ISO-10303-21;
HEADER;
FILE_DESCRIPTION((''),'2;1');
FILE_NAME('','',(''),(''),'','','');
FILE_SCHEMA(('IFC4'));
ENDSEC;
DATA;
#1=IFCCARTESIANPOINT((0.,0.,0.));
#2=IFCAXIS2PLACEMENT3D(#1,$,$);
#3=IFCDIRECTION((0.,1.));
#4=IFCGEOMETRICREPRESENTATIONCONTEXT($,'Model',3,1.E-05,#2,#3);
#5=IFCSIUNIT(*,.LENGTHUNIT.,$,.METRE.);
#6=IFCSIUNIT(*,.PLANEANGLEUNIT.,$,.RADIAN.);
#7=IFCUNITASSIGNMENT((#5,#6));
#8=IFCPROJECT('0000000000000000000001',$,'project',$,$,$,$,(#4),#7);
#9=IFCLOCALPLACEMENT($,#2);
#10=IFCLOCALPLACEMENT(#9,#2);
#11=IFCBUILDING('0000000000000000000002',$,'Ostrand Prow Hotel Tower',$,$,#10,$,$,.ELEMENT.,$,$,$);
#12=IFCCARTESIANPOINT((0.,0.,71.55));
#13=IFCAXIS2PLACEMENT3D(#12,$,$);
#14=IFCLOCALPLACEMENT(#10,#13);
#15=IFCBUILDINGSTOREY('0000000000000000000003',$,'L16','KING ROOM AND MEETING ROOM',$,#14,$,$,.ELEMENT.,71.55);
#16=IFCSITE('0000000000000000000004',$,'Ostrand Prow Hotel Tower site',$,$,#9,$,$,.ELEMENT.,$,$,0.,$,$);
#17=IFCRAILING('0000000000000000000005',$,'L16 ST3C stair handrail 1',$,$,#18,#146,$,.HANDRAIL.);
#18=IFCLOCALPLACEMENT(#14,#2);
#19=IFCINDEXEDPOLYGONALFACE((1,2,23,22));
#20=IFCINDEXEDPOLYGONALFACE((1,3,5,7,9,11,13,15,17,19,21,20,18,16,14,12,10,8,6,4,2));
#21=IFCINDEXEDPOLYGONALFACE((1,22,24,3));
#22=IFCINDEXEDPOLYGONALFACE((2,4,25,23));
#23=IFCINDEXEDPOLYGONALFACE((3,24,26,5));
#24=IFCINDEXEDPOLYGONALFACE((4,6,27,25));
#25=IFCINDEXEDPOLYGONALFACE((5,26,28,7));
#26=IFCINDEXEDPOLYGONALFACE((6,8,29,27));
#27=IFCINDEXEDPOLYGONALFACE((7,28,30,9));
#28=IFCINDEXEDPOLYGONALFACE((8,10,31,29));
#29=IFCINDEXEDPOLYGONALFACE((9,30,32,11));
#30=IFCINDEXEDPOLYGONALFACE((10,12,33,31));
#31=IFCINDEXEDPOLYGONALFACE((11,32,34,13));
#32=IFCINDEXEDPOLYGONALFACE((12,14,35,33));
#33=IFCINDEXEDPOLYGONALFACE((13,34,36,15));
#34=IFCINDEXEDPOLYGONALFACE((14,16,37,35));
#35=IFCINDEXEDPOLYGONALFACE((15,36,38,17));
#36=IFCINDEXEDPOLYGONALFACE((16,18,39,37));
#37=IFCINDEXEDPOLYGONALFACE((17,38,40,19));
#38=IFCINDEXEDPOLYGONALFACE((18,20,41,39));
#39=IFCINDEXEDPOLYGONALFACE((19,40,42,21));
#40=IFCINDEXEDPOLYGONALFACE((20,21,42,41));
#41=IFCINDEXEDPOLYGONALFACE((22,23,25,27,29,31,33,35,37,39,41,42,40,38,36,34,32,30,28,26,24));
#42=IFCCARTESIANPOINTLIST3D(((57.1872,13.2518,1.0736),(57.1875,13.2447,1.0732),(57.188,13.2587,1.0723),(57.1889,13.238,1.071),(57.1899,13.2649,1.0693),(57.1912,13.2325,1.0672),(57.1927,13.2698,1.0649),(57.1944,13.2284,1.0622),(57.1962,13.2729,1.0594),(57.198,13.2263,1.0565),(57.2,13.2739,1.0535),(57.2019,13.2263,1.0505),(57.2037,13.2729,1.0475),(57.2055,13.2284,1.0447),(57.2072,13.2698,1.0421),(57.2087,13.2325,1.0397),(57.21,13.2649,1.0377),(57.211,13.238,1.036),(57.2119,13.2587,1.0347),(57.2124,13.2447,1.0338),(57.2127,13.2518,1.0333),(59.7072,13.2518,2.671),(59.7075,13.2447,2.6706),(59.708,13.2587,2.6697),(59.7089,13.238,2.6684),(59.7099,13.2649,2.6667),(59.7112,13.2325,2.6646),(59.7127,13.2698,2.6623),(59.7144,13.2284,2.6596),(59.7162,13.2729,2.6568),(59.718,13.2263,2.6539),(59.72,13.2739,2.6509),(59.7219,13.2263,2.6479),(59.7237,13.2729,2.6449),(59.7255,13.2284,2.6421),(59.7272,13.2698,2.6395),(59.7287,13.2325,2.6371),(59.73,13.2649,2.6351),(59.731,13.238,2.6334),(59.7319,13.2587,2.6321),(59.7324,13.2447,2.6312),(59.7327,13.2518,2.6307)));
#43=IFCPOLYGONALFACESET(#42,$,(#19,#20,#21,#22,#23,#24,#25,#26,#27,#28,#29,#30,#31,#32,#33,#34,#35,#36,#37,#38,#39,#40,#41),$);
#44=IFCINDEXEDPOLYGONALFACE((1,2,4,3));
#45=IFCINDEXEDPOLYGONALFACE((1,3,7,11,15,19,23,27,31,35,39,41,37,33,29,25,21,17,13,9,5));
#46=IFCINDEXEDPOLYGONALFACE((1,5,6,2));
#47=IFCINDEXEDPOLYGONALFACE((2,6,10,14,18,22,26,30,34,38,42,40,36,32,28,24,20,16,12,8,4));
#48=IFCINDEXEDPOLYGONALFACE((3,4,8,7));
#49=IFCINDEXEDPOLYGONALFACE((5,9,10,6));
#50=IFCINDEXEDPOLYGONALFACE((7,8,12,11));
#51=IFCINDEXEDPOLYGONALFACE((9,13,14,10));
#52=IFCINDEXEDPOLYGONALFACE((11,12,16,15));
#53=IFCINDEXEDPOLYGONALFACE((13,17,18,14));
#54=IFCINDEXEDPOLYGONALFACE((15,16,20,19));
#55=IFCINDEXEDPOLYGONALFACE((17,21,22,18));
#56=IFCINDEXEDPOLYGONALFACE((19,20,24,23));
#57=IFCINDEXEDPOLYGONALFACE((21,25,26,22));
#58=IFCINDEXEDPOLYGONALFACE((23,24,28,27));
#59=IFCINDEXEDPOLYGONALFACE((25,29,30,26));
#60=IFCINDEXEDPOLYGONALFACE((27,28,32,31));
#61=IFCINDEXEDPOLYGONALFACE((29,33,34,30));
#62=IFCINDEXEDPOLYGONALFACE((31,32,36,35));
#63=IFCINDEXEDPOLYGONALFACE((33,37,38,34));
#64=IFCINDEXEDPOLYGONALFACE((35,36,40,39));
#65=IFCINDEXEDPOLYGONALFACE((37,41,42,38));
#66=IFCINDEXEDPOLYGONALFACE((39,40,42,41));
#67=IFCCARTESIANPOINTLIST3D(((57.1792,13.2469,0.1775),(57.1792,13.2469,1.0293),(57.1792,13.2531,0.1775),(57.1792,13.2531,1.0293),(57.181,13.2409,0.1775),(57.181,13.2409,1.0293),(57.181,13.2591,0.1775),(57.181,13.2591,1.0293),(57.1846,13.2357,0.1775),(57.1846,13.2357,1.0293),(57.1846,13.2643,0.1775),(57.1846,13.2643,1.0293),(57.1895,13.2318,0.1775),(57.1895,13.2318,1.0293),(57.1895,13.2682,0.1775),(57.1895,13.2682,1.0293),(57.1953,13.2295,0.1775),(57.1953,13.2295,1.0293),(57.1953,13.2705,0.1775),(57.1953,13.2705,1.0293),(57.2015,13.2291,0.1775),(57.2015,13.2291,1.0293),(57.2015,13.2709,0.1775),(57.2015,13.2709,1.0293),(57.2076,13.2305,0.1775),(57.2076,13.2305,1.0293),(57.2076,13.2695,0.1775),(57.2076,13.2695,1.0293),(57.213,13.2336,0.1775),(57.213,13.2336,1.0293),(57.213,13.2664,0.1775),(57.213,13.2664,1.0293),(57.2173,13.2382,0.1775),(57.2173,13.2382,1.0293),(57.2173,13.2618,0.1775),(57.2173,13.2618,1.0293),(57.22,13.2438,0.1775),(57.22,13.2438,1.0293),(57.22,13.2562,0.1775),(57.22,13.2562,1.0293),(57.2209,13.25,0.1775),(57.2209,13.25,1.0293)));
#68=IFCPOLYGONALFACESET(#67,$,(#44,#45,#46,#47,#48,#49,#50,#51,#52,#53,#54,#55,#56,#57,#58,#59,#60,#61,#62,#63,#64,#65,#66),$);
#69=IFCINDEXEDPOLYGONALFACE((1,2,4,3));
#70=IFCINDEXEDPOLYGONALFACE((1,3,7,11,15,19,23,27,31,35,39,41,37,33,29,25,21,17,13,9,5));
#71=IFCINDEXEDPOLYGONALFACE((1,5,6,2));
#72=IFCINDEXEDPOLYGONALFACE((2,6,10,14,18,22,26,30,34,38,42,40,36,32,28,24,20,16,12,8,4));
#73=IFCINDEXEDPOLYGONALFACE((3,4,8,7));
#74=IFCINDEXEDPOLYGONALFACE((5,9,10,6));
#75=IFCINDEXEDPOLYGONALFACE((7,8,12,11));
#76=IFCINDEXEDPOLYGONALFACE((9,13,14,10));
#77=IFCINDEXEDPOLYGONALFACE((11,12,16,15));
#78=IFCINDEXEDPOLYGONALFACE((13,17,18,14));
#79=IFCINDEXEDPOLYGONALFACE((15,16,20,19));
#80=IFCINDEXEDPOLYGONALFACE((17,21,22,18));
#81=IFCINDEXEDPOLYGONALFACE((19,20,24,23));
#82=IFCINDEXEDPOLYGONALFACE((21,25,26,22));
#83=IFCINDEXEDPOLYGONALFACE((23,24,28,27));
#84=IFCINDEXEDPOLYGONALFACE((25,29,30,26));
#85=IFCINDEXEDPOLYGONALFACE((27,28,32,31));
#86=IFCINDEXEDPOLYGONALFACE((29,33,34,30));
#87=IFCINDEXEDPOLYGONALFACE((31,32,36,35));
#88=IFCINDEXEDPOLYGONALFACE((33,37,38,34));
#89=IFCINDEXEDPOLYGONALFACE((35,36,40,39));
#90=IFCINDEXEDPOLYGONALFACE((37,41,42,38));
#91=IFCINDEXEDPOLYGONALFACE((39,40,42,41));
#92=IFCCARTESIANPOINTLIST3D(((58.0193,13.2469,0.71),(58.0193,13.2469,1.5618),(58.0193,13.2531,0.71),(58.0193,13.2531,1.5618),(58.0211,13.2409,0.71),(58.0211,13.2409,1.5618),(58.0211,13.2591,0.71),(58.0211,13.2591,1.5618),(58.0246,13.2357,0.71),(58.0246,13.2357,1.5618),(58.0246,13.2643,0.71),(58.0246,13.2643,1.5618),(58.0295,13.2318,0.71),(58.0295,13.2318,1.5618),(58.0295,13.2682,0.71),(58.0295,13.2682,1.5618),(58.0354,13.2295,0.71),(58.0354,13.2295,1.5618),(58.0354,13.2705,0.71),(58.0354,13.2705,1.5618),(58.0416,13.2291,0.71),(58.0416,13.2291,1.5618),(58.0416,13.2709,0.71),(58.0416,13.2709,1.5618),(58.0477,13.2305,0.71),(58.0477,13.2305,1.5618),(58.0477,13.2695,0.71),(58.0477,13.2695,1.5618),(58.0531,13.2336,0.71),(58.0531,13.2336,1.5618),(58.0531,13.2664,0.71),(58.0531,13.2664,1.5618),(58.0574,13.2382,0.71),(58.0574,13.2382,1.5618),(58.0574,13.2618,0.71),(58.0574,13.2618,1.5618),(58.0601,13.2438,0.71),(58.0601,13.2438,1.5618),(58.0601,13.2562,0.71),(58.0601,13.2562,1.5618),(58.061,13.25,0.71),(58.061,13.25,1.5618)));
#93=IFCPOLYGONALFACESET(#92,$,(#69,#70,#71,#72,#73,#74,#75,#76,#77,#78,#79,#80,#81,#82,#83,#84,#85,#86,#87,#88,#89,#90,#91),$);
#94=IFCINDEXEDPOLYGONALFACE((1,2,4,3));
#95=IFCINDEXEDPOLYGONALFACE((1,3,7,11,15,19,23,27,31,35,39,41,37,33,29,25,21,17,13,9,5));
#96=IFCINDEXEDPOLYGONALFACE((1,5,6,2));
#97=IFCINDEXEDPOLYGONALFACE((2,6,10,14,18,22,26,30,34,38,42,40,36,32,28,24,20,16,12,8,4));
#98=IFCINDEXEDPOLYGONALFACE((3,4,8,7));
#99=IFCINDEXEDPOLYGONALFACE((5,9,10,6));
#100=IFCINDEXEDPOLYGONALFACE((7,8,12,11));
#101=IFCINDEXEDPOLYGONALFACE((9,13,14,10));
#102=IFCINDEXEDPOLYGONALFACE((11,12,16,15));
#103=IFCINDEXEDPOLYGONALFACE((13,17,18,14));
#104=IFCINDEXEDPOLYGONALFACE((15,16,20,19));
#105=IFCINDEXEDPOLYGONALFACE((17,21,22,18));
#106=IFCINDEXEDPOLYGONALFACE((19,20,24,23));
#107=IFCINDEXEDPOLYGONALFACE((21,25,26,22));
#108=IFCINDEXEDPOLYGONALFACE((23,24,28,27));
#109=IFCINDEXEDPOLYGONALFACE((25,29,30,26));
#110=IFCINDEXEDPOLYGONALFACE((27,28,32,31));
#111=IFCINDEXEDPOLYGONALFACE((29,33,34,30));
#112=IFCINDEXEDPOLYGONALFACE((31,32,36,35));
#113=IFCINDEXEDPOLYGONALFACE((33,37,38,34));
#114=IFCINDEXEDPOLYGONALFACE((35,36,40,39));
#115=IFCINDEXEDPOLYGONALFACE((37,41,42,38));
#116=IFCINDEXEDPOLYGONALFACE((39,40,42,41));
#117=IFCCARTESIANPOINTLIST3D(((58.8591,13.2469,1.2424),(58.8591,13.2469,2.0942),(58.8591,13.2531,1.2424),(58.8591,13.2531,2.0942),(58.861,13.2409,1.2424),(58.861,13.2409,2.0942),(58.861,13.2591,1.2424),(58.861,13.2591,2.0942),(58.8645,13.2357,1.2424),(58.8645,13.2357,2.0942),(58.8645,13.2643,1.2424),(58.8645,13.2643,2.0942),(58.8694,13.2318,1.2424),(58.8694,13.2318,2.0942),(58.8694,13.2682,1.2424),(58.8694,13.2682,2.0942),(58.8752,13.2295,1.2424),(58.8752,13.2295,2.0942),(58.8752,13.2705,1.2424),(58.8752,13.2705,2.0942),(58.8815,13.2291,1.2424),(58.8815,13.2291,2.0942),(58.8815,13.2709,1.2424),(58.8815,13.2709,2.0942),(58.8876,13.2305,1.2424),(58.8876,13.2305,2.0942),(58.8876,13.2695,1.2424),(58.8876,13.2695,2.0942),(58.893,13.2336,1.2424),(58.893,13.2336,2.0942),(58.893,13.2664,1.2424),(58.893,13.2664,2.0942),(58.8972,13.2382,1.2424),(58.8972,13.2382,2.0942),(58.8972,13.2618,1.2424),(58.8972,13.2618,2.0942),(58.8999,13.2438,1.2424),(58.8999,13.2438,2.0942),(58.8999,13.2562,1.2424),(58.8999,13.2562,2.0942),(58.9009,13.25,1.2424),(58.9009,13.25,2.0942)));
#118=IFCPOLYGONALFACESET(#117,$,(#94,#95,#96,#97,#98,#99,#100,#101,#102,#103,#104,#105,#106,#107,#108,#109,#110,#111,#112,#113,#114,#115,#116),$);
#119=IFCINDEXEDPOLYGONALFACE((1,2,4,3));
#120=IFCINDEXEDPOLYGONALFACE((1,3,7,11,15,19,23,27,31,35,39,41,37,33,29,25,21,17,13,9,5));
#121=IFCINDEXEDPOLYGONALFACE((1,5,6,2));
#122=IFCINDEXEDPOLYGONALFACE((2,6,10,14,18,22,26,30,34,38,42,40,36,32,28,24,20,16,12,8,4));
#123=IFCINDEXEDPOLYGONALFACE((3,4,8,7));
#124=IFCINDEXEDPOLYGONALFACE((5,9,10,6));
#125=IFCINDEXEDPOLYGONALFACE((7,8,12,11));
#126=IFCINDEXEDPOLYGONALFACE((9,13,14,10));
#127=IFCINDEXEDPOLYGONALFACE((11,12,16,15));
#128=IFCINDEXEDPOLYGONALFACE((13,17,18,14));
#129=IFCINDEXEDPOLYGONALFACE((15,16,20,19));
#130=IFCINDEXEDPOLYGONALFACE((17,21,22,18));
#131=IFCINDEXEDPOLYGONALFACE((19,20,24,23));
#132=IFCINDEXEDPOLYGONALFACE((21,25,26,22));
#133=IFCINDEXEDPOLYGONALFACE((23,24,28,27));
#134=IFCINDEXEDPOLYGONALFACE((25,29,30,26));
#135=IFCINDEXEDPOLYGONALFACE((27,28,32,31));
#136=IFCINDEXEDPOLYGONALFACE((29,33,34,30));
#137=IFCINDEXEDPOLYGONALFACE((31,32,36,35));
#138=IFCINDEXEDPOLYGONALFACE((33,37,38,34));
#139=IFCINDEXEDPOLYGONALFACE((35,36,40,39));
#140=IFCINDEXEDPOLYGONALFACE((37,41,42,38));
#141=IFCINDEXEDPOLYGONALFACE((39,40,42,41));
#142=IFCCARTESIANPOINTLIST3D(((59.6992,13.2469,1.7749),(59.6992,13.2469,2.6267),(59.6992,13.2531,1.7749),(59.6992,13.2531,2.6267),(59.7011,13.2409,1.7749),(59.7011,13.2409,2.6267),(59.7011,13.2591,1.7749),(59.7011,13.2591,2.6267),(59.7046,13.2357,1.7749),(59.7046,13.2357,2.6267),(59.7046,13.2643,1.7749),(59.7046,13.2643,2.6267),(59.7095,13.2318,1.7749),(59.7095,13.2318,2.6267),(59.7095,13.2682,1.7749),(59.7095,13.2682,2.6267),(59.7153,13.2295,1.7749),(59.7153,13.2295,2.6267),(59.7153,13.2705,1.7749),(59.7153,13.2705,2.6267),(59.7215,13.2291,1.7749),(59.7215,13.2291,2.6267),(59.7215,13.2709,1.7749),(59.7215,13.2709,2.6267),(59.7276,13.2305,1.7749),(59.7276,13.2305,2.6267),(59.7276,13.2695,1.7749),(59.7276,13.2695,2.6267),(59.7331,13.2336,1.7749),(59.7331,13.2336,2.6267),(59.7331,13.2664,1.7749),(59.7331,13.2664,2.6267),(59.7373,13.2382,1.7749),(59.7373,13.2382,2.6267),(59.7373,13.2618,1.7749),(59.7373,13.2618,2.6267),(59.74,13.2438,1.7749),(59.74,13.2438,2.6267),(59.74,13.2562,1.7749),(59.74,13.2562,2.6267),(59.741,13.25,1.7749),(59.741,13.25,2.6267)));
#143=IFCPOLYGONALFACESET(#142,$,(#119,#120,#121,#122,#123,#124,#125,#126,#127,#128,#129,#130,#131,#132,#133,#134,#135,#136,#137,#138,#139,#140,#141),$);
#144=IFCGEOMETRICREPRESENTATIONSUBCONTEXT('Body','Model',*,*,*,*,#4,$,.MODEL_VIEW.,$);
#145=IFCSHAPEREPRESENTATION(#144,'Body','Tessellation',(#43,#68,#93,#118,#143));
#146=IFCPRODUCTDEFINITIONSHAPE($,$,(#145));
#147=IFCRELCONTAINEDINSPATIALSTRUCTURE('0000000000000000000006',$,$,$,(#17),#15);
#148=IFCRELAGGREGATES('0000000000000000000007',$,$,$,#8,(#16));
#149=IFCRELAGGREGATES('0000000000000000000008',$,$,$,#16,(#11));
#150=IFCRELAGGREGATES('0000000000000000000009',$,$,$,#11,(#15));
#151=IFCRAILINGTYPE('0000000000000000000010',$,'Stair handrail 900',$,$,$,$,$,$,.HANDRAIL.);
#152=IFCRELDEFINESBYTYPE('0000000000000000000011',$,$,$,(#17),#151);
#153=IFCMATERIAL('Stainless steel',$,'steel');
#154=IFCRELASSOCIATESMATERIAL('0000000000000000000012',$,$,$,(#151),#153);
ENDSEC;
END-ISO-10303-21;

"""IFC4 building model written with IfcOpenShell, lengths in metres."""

from ifc_helpers import new_model, si_unit, direction, frame, origin, origin_2d, place, context, subcontext, project, spatial, circle, extrude, material, type_object, element, save


model = new_model("IFC4")

# Units and contexts
model_context = context("Model", 3, precision=1e-05, world=origin(), true_north=direction((0.0, 1.0)))
body_context = subcontext(model_context, "Body", "Model", "MODEL_VIEW")
ifc_project = project(units=[si_unit("LENGTHUNIT", "METRE"), si_unit("PLANEANGLEUNIT", "RADIAN")], contexts=[model_context])

# Site, building, storey
site_placement = place(None, origin())
site = spatial("IfcSite", under=ifc_project, at=site_placement, Name="Ostrand Prow Hotel Tower site", CompositionType="ELEMENT", RefElevation=0.0)
building_placement = place(site_placement, origin())
building = spatial("IfcBuilding", under=site, at=building_placement, Name="Ostrand Prow Hotel Tower", CompositionType="ELEMENT")
storey_placement = place(building_placement, frame((0.0, 0.0, 71.55)))
storey = spatial("IfcBuildingStorey", under=building, at=storey_placement, Name="L16", Description="KING ROOM AND MEETING ROOM", CompositionType="ELEMENT", Elevation=71.55)

# Railing
ifc_material_1 = material(Name="Stainless steel", Category="steel")
railing_type_1 = type_object("IfcRailingType", Name="Stair handrail 900", PredefinedType="HANDRAIL", material=ifc_material_1)
railing_1_placement = place(storey_placement, frame((57.2, 13.25, 0.1775)))
element("IfcRailing", 1, at=railing_1_placement, inside=storey, type_object=railing_type_1, Name="L16 ST3C stair handrail 1", PredefinedType="HANDRAIL", context=body_context, shape_type="SweptSolid", body=[
    extrude(circle(Radius=0.0239, at=origin_2d()), frame((0.0, 0.0, 0.876), z_axis=(0.844607, 0.0, 0.535387), x_axis=(0.0, 1.0, 0.0)), (0.0, 0.0, 1.0), 2.9836),
    extrude(circle(Radius=0.021, at=origin_2d()), origin(), (0.0, 0.0, 1.0), 0.8518),
    extrude(circle(Radius=0.021, at=origin_2d()), frame((0.8401, 0.0, 0.5325)), (0.0, 0.0, 1.0), 0.8518),
    extrude(circle(Radius=0.021, at=origin_2d()), frame((1.6799, 0.0, 1.0649)), (0.0, 0.0, 1.0), 0.8518),
    extrude(circle(Radius=0.021, at=origin_2d()), frame((2.52, 0.0, 1.5974)), (0.0, 0.0, 1.0), 0.8518),
])

save(model, "model.ifc")
